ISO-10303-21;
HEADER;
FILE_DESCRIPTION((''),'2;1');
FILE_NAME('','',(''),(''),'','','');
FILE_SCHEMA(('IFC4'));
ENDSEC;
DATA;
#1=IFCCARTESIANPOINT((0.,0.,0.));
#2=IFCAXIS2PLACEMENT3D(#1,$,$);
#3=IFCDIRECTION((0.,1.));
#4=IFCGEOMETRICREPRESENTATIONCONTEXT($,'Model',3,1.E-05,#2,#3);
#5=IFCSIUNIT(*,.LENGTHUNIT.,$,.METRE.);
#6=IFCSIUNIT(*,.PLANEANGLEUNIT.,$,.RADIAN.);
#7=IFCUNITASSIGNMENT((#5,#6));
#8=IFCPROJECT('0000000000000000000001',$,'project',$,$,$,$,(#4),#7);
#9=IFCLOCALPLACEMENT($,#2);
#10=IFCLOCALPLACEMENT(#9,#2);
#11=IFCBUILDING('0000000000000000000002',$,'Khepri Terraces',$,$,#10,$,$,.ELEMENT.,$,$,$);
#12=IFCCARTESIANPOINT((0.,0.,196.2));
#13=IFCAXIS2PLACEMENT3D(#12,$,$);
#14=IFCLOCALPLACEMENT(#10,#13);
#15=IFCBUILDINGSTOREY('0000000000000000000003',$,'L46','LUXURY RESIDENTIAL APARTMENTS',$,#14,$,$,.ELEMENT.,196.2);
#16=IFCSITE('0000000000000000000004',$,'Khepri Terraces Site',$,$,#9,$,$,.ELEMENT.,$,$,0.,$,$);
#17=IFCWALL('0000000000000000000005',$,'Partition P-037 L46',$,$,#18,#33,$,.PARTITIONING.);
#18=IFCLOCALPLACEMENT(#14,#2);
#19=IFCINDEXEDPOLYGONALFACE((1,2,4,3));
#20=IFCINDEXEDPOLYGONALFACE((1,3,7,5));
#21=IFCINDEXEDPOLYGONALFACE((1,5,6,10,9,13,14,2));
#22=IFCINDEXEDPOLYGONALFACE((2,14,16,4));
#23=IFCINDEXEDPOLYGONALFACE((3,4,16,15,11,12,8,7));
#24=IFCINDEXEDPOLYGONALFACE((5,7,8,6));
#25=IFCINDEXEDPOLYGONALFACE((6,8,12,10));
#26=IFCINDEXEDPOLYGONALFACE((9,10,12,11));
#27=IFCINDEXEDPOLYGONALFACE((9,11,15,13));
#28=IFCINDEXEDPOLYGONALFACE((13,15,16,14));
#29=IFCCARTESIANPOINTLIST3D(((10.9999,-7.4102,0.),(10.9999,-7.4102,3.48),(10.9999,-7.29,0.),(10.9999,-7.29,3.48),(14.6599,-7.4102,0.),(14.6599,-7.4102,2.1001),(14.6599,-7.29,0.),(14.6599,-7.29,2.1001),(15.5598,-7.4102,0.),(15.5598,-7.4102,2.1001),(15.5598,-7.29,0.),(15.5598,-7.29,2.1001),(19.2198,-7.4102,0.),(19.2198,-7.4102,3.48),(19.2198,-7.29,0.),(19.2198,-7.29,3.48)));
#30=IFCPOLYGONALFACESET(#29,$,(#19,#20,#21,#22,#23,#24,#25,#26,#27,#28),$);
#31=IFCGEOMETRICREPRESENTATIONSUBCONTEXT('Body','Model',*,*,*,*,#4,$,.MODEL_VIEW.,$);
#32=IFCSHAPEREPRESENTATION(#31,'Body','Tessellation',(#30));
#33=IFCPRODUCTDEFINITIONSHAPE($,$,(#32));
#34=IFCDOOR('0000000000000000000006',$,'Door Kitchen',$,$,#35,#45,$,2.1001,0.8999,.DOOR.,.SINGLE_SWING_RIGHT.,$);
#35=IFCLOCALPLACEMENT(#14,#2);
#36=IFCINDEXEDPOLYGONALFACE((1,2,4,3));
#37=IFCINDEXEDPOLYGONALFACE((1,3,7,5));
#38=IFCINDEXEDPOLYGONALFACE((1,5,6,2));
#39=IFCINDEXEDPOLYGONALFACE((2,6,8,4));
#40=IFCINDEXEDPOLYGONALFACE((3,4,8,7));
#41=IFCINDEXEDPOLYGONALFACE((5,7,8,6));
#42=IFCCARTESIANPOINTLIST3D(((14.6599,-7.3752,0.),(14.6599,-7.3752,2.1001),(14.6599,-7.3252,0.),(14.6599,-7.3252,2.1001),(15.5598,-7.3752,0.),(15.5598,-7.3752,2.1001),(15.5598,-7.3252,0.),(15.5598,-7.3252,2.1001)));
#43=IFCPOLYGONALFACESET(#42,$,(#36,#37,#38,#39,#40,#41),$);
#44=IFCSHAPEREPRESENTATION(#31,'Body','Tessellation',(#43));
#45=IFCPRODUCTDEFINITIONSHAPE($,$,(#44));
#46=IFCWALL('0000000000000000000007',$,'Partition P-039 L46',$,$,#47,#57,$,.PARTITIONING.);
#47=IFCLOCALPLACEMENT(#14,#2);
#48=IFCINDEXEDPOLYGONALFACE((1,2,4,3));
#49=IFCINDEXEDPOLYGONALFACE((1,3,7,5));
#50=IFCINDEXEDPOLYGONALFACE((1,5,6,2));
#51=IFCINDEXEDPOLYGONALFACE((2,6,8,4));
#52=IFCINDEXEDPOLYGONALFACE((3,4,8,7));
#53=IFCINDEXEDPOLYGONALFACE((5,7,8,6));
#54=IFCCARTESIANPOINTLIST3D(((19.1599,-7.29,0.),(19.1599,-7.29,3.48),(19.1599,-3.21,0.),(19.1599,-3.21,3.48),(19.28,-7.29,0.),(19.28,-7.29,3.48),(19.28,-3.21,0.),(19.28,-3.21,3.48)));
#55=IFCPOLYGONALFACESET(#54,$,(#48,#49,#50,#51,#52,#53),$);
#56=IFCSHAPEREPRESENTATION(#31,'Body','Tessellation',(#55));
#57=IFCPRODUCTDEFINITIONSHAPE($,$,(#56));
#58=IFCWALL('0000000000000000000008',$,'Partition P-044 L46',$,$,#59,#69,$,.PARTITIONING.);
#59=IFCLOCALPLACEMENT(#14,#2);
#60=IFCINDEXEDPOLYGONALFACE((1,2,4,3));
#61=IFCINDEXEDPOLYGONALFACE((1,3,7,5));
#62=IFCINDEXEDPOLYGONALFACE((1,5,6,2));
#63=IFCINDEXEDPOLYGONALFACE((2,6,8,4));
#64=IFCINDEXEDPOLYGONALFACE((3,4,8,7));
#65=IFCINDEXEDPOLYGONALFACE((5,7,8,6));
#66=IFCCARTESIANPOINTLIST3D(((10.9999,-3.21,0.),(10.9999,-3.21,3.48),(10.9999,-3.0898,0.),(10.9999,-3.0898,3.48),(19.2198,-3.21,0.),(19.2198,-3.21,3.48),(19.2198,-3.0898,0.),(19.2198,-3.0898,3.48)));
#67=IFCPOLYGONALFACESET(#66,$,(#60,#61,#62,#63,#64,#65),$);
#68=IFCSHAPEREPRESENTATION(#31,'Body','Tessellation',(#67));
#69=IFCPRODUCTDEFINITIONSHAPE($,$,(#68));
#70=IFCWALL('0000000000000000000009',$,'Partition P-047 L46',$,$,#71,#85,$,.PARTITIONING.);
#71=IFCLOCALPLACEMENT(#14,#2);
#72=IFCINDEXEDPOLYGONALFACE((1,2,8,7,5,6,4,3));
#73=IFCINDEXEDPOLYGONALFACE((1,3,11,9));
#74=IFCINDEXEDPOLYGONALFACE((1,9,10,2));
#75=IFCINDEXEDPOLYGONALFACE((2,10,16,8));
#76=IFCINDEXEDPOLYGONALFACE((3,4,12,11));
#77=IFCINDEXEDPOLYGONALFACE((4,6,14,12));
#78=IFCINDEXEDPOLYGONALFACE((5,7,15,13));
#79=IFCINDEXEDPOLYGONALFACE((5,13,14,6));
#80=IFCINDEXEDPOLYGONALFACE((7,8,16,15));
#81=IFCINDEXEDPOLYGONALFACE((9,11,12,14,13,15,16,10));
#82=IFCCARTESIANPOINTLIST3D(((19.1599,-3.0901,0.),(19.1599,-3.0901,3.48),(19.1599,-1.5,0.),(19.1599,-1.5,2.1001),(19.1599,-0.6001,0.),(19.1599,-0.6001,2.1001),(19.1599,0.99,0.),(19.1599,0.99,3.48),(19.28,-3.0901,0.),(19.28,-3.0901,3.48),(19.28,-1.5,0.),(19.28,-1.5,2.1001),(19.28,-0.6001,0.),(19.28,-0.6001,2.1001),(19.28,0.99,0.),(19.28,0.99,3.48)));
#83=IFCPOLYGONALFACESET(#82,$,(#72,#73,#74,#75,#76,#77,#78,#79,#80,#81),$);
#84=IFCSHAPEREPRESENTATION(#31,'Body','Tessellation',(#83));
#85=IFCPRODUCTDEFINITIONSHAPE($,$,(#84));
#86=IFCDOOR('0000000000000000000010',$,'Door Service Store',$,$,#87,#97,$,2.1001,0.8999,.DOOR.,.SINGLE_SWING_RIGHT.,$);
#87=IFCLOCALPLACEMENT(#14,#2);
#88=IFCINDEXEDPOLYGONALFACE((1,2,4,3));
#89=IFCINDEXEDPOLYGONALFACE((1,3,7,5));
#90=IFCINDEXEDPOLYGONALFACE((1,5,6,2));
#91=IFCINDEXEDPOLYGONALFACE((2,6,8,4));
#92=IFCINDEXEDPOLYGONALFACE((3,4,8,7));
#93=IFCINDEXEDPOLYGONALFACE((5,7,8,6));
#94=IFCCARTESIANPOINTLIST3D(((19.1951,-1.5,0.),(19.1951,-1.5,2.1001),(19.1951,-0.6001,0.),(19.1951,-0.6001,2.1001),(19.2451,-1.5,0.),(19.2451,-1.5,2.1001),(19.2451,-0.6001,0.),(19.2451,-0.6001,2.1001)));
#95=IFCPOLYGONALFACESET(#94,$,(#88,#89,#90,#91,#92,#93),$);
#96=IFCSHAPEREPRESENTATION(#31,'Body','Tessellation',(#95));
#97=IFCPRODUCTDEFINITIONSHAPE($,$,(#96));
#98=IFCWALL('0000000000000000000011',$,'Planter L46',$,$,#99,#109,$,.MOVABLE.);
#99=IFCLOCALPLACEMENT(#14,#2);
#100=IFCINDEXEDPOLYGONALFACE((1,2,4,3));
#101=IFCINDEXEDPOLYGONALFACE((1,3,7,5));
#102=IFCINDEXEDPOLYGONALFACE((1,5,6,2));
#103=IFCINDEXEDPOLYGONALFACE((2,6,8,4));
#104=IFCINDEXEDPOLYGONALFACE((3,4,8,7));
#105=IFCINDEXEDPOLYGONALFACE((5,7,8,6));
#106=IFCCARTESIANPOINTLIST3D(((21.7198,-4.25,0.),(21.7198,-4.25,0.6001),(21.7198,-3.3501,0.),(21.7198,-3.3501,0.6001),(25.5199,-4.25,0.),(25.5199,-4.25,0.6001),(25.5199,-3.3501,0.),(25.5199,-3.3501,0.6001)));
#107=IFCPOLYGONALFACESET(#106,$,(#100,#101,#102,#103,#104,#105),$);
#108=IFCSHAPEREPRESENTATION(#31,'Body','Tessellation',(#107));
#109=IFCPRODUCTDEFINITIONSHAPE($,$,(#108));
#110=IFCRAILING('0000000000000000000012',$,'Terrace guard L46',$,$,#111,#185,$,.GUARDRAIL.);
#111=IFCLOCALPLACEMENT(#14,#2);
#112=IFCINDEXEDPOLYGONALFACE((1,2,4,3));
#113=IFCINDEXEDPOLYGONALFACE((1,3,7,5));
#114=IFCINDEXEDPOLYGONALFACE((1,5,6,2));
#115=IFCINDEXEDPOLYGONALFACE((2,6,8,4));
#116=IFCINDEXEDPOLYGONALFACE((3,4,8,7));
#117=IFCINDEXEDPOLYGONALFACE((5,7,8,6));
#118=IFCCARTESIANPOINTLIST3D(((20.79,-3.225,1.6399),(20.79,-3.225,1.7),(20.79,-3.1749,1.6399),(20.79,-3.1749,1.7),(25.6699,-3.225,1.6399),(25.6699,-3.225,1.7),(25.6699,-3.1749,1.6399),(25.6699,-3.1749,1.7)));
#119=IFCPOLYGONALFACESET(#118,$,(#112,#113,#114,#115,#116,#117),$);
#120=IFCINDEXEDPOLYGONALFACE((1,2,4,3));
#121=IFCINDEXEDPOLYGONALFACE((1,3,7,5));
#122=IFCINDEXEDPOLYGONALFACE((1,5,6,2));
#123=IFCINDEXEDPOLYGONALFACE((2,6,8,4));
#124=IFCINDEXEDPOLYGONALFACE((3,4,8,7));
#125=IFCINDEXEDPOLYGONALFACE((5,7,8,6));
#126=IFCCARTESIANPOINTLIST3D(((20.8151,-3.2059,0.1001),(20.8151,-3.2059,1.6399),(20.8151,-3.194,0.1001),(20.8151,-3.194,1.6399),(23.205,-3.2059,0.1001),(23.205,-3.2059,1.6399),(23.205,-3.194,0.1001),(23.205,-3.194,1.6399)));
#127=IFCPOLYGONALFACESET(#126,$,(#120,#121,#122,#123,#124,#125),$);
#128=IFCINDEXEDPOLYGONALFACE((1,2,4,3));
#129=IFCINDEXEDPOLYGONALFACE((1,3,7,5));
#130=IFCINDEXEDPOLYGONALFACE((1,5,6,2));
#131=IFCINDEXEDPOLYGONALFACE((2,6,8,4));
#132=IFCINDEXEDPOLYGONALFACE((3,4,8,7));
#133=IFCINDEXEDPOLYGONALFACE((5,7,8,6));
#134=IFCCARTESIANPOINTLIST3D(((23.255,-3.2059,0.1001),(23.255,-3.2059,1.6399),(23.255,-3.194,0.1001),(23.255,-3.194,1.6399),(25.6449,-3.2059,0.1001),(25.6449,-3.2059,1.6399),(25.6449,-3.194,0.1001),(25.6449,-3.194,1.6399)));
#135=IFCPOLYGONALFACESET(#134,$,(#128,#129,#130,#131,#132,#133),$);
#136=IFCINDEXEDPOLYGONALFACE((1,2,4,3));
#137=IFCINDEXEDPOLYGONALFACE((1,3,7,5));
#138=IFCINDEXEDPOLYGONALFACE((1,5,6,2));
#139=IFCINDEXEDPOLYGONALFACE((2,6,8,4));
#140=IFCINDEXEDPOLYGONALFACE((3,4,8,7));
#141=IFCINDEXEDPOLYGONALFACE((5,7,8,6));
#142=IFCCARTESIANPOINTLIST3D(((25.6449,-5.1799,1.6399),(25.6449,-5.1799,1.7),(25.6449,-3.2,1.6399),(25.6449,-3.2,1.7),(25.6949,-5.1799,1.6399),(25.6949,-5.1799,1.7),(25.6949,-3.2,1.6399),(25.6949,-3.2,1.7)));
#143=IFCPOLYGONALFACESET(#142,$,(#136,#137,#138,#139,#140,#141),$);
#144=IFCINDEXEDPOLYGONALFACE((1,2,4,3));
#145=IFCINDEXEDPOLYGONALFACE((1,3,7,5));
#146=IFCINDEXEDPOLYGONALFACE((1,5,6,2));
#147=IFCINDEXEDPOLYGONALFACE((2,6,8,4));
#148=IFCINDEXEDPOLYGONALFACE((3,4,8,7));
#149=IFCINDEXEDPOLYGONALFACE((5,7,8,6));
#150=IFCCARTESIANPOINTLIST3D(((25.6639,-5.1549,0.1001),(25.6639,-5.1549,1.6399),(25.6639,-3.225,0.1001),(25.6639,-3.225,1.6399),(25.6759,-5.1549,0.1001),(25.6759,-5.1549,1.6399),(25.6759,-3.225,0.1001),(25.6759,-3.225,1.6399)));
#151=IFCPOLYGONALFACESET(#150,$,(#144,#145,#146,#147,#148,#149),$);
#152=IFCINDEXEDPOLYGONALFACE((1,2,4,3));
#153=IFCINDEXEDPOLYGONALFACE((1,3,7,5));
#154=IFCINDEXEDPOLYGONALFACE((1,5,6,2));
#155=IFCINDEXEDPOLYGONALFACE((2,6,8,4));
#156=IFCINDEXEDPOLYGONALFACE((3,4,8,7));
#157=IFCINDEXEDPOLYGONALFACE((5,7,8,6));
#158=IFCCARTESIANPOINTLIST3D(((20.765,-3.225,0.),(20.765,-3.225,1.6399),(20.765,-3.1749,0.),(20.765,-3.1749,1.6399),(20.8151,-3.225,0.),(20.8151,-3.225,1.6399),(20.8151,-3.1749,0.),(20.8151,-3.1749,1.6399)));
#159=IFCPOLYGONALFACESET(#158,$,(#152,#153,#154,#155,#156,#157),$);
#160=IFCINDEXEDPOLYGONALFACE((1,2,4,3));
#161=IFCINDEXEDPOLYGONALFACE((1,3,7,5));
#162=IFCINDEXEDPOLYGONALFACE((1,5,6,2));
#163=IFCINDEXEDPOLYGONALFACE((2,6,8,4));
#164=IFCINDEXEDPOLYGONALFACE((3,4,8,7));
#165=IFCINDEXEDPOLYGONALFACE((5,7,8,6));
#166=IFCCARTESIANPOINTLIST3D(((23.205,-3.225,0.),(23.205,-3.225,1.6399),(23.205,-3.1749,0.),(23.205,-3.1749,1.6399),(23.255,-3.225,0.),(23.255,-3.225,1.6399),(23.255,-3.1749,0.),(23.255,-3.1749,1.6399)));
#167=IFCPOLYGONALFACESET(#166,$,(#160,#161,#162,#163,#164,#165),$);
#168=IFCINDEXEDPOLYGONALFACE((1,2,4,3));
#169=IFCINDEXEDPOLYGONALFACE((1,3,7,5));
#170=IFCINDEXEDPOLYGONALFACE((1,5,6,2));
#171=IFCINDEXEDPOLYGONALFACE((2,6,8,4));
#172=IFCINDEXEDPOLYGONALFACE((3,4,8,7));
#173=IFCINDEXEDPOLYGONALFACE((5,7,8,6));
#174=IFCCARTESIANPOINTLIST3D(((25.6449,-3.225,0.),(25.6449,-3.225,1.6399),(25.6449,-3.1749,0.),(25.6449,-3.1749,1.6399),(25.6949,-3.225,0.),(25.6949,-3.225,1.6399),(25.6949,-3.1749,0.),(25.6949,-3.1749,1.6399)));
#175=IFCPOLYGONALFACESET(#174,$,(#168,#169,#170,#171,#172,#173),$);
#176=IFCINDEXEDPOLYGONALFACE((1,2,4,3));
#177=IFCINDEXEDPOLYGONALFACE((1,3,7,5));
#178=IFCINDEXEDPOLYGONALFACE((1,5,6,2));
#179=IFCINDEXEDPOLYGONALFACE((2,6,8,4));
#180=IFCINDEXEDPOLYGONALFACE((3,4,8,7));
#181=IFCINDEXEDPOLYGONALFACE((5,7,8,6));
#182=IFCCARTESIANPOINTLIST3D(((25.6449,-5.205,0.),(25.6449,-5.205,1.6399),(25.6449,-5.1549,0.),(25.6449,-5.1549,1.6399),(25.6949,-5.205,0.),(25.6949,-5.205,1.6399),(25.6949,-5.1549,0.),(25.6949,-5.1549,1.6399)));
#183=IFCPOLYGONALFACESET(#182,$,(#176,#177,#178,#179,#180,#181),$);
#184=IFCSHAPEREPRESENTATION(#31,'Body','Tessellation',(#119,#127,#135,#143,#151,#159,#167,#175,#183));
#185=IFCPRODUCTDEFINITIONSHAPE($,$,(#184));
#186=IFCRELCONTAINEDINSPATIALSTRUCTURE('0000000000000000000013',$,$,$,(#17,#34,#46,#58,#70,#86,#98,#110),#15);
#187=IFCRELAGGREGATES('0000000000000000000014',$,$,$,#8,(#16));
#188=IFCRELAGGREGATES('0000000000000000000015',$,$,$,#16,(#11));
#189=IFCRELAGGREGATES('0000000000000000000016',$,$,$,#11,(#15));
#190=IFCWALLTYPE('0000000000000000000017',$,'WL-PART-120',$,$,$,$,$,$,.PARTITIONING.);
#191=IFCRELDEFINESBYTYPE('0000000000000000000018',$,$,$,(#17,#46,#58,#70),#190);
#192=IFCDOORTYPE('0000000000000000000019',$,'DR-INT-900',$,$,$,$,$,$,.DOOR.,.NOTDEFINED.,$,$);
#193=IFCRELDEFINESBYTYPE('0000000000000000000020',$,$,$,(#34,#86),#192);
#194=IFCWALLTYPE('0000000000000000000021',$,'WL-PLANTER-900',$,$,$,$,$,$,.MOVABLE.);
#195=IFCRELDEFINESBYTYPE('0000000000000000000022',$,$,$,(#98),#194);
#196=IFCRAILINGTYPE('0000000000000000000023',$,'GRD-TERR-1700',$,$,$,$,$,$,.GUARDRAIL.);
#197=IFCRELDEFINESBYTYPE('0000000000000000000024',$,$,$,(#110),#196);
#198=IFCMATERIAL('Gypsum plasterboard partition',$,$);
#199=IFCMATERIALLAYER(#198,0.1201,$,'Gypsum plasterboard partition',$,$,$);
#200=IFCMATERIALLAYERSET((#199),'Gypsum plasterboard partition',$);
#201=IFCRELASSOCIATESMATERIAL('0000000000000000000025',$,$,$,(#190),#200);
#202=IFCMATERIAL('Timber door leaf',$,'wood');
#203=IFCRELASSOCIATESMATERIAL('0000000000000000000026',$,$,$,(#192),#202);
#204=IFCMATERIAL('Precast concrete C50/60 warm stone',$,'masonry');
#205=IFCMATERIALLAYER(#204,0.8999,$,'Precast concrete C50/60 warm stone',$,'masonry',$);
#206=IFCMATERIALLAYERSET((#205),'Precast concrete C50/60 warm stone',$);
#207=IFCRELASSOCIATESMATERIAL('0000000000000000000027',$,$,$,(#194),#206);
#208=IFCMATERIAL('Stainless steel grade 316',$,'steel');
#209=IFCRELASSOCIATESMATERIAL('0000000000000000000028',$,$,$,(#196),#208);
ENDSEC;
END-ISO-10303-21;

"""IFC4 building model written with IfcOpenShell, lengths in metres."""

from ifc_helpers import new_model, si_unit, direction, frame, frame_2d, origin, origin_2d, place, context, subcontext, project, spatial, rectangle, extrude, material, layer, layer_set, type_object, element, fill, save


model = new_model("IFC4")

# Units and contexts
model_context = context("Model", 3, precision=1e-05, world=origin(), true_north=direction((0.0, 1.0)))
body_context = subcontext(model_context, "Body", "Model", "MODEL_VIEW")
ifc_project = project(units=[si_unit("LENGTHUNIT", "METRE"), si_unit("PLANEANGLEUNIT", "RADIAN")], contexts=[model_context])

# Site, building, storey
site_placement = place(None, origin())
site = spatial("IfcSite", under=ifc_project, at=site_placement, Name="Khepri Terraces Site", CompositionType="ELEMENT", RefElevation=0.0)
building_placement = place(site_placement, origin())
building = spatial("IfcBuilding", under=site, at=building_placement, Name="Khepri Terraces", CompositionType="ELEMENT")
storey_placement = place(building_placement, frame((0.0, 0.0, 196.2)))
storey = spatial("IfcBuildingStorey", under=building, at=storey_placement, Name="L46", Description="LUXURY RESIDENTIAL APARTMENTS", CompositionType="ELEMENT", Elevation=196.2)

# Shared definitions
ifc_material_1 = material(Name="Precast concrete C50/60 warm stone", Category="masonry")

# Shared definitions
ifc_material_2 = material(Name="Gypsum plasterboard partition")
ifc_layer_1 = layer(ifc_material_2, 0.1201, Name="Gypsum plasterboard partition")
ifc_layer_set_1 = layer_set([ifc_layer_1], Name="Gypsum plasterboard partition")
wall_type_1 = type_object("IfcWallType", Name="WL-PART-120", PredefinedType="PARTITIONING", material=ifc_layer_set_1)

# Wall, opening, door
wall_1_placement = place(storey_placement, frame((11.0, -7.3501, 0.0), z_axis=(0.0, 0.0, 1.0), x_axis=(1.0, 0.0, 0.0)))
wall_1 = element("IfcWall", 1, at=wall_1_placement, inside=storey, type_object=wall_type_1, Name="Partition P-037 L46", PredefinedType="PARTITIONING", context=body_context, shape_type="SweptSolid", body=[
    extrude(rectangle(XDim=8.22, YDim=0.1201, at=frame_2d((4.1099, 0.0))), origin(), (0.0, 0.0, 1.0), 3.48),
])
opening_1_placement = place(wall_1_placement, frame((3.6599, 0.0, 0.0)))
opening_1 = element("IfcOpeningElement", 2, at=opening_1_placement, cuts=wall_1, PredefinedType="OPENING", context=body_context, shape_type="SweptSolid", body=[
    extrude(rectangle(XDim=0.8999, YDim=2.1001, at=frame_2d((0.45, 1.05))), frame((0.0, 0.0701, 0.0), z_axis=(0.0, -1.0, 0.0), x_axis=(1.0, 0.0, 0.0)), (0.0, 0.0, 1.0), 0.1401),
])
ifc_material_3 = material(Name="Timber door leaf", Category="wood")
door_type_1 = type_object("IfcDoorType", Name="DR-INT-900", OperationType="NOTDEFINED", PredefinedType="DOOR", material=ifc_material_3)
door_1_placement = place(opening_1_placement, origin())
door_1 = element("IfcDoor", 3, at=door_1_placement, inside=storey, type_object=door_type_1, Name="Door Kitchen", OperationType="SINGLE_SWING_RIGHT", OverallHeight=2.1001, OverallWidth=0.8999, PredefinedType="DOOR", context=body_context, shape_type="SweptSolid", body=[
    extrude(rectangle(XDim=0.8999, YDim=2.1001, at=frame_2d((0.45, 1.05))), frame((0.0, 0.0249, 0.0), z_axis=(0.0, -1.0, 0.0), x_axis=(1.0, 0.0, 0.0)), (0.0, 0.0, 1.0), 0.05),
])
fill(opening_1, door_1)

# Walls
wall_2_placement = place(storey_placement, frame((19.22, -7.29, 0.0), z_axis=(0.0, 0.0, 1.0), x_axis=(0.0, 1.0, 0.0)))
element("IfcWall", 4, at=wall_2_placement, inside=storey, type_object=wall_type_1, Name="Partition P-039 L46", PredefinedType="PARTITIONING", context=body_context, shape_type="SweptSolid", body=[
    extrude(rectangle(XDim=4.0801, YDim=0.1201, at=frame_2d((2.04, 0.0))), origin(), (0.0, 0.0, 1.0), 3.48),
])
wall_3_placement = place(storey_placement, frame((11.0, -3.1499, 0.0), z_axis=(0.0, 0.0, 1.0), x_axis=(1.0, 0.0, 0.0)))
element("IfcWall", 5, at=wall_3_placement, inside=storey, type_object=wall_type_1, Name="Partition P-044 L46", PredefinedType="PARTITIONING", context=body_context, shape_type="SweptSolid", body=[
    extrude(rectangle(XDim=8.22, YDim=0.1201, at=frame_2d((4.1099, 0.0))), origin(), (0.0, 0.0, 1.0), 3.48),
])

# Wall, opening, door
wall_4_placement = place(storey_placement, frame((19.22, -3.0901, 0.0), z_axis=(0.0, 0.0, 1.0), x_axis=(0.0, 1.0, 0.0)))
wall_4 = element("IfcWall", 6, at=wall_4_placement, inside=storey, type_object=wall_type_1, Name="Partition P-047 L46", PredefinedType="PARTITIONING", context=body_context, shape_type="SweptSolid", body=[
    extrude(rectangle(XDim=4.0801, YDim=0.1201, at=frame_2d((2.04, 0.0))), origin(), (0.0, 0.0, 1.0), 3.48),
])
opening_2_placement = place(wall_4_placement, frame((1.5901, 0.0, 0.0)))
opening_2 = element("IfcOpeningElement", 7, at=opening_2_placement, cuts=wall_4, PredefinedType="OPENING", context=body_context, shape_type="SweptSolid", body=[
    extrude(rectangle(XDim=0.8999, YDim=2.1001, at=frame_2d((0.45, 1.05))), frame((0.0, 0.0701, 0.0), z_axis=(0.0, -1.0, 0.0), x_axis=(1.0, 0.0, 0.0)), (0.0, 0.0, 1.0), 0.1401),
])
door_2_placement = place(opening_2_placement, origin())
door_2 = element("IfcDoor", 8, at=door_2_placement, inside=storey, type_object=door_type_1, Name="Door Service Store", OperationType="SINGLE_SWING_RIGHT", OverallHeight=2.1001, OverallWidth=0.8999, PredefinedType="DOOR", context=body_context, shape_type="SweptSolid", body=[
    extrude(rectangle(XDim=0.8999, YDim=2.1001, at=frame_2d((0.45, 1.05))), frame((0.0, 0.0249, 0.0), z_axis=(0.0, -1.0, 0.0), x_axis=(1.0, 0.0, 0.0)), (0.0, 0.0, 1.0), 0.05),
])
fill(opening_2, door_2)

# Wall
ifc_layer_2 = layer(ifc_material_1, 0.8999, Name="Precast concrete C50/60 warm stone", Category="masonry")
ifc_layer_set_2 = layer_set([ifc_layer_2], Name="Precast concrete C50/60 warm stone")
wall_type_2 = type_object("IfcWallType", Name="WL-PLANTER-900", PredefinedType="MOVABLE", material=ifc_layer_set_2)
wall_5_placement = place(storey_placement, frame((21.72, -3.8, 0.0), z_axis=(0.0, 0.0, 1.0), x_axis=(1.0, 0.0, 0.0)))
element("IfcWall", 9, at=wall_5_placement, inside=storey, type_object=wall_type_2, Name="Planter L46", PredefinedType="MOVABLE", context=body_context, shape_type="SweptSolid", body=[
    extrude(rectangle(XDim=3.8, YDim=0.8999, at=frame_2d((1.8999, 0.0))), origin(), (0.0, 0.0, 1.0), 0.6001),
])

# Railing
ifc_material_4 = material(Name="Stainless steel grade 316", Category="steel")
railing_type = type_object("IfcRailingType", Name="GRD-TERR-1700", PredefinedType="GUARDRAIL", material=ifc_material_4)
railing_placement = place(storey_placement, frame((20.79, -3.2, 0.0)))
element("IfcRailing", 10, at=railing_placement, inside=storey, type_object=railing_type, Name="Terrace guard L46", PredefinedType="GUARDRAIL", context=body_context, shape_type="SweptSolid", body=[
    extrude(rectangle(XDim=0.05, YDim=0.0601, at=origin_2d()), frame((0.0, 0.0, 1.6699), z_axis=(1.0, 0.0, 0.0), x_axis=(0.0, 1.0, 0.0)), (0.0, 0.0, 1.0), 4.8799),
    extrude(rectangle(XDim=2.3899, YDim=0.012, at=origin_2d()), frame((1.22, 0.0, 0.1001), z_axis=(0.0, 0.0, 1.0), x_axis=(1.0, 0.0, 0.0)), (0.0, 0.0, 1.0), 1.5398),
    extrude(rectangle(XDim=2.3899, YDim=0.012, at=origin_2d()), frame((3.6599, 0.0, 0.1001), z_axis=(0.0, 0.0, 1.0), x_axis=(1.0, 0.0, 0.0)), (0.0, 0.0, 1.0), 1.5398),
    extrude(rectangle(XDim=0.05, YDim=0.0601, at=origin_2d()), frame((4.8799, 0.0, 1.6699), z_axis=(0.0, -1.0, 0.0), x_axis=(1.0, 0.0, 0.0)), (0.0, 0.0, 1.0), 1.98),
    extrude(rectangle(XDim=1.9299, YDim=0.012, at=origin_2d()), frame((4.8799, -0.99, 0.1001), z_axis=(0.0, 0.0, 1.0), x_axis=(0.0, -1.0, 0.0)), (0.0, 0.0, 1.0), 1.5398),
    extrude(rectangle(XDim=0.05, YDim=0.05, at=origin_2d()), origin(), (0.0, 0.0, 1.0), 1.6399),
    extrude(rectangle(XDim=0.05, YDim=0.05, at=origin_2d()), frame((2.4399, 0.0, 0.0)), (0.0, 0.0, 1.0), 1.6399),
    extrude(rectangle(XDim=0.05, YDim=0.05, at=origin_2d()), frame((4.8799, 0.0, 0.0)), (0.0, 0.0, 1.0), 1.6399),
    extrude(rectangle(XDim=0.05, YDim=0.05, at=origin_2d()), frame((4.8799, -1.98, 0.0)), (0.0, 0.0, 1.0), 1.6399),
])

save(model, "model.ifc")
